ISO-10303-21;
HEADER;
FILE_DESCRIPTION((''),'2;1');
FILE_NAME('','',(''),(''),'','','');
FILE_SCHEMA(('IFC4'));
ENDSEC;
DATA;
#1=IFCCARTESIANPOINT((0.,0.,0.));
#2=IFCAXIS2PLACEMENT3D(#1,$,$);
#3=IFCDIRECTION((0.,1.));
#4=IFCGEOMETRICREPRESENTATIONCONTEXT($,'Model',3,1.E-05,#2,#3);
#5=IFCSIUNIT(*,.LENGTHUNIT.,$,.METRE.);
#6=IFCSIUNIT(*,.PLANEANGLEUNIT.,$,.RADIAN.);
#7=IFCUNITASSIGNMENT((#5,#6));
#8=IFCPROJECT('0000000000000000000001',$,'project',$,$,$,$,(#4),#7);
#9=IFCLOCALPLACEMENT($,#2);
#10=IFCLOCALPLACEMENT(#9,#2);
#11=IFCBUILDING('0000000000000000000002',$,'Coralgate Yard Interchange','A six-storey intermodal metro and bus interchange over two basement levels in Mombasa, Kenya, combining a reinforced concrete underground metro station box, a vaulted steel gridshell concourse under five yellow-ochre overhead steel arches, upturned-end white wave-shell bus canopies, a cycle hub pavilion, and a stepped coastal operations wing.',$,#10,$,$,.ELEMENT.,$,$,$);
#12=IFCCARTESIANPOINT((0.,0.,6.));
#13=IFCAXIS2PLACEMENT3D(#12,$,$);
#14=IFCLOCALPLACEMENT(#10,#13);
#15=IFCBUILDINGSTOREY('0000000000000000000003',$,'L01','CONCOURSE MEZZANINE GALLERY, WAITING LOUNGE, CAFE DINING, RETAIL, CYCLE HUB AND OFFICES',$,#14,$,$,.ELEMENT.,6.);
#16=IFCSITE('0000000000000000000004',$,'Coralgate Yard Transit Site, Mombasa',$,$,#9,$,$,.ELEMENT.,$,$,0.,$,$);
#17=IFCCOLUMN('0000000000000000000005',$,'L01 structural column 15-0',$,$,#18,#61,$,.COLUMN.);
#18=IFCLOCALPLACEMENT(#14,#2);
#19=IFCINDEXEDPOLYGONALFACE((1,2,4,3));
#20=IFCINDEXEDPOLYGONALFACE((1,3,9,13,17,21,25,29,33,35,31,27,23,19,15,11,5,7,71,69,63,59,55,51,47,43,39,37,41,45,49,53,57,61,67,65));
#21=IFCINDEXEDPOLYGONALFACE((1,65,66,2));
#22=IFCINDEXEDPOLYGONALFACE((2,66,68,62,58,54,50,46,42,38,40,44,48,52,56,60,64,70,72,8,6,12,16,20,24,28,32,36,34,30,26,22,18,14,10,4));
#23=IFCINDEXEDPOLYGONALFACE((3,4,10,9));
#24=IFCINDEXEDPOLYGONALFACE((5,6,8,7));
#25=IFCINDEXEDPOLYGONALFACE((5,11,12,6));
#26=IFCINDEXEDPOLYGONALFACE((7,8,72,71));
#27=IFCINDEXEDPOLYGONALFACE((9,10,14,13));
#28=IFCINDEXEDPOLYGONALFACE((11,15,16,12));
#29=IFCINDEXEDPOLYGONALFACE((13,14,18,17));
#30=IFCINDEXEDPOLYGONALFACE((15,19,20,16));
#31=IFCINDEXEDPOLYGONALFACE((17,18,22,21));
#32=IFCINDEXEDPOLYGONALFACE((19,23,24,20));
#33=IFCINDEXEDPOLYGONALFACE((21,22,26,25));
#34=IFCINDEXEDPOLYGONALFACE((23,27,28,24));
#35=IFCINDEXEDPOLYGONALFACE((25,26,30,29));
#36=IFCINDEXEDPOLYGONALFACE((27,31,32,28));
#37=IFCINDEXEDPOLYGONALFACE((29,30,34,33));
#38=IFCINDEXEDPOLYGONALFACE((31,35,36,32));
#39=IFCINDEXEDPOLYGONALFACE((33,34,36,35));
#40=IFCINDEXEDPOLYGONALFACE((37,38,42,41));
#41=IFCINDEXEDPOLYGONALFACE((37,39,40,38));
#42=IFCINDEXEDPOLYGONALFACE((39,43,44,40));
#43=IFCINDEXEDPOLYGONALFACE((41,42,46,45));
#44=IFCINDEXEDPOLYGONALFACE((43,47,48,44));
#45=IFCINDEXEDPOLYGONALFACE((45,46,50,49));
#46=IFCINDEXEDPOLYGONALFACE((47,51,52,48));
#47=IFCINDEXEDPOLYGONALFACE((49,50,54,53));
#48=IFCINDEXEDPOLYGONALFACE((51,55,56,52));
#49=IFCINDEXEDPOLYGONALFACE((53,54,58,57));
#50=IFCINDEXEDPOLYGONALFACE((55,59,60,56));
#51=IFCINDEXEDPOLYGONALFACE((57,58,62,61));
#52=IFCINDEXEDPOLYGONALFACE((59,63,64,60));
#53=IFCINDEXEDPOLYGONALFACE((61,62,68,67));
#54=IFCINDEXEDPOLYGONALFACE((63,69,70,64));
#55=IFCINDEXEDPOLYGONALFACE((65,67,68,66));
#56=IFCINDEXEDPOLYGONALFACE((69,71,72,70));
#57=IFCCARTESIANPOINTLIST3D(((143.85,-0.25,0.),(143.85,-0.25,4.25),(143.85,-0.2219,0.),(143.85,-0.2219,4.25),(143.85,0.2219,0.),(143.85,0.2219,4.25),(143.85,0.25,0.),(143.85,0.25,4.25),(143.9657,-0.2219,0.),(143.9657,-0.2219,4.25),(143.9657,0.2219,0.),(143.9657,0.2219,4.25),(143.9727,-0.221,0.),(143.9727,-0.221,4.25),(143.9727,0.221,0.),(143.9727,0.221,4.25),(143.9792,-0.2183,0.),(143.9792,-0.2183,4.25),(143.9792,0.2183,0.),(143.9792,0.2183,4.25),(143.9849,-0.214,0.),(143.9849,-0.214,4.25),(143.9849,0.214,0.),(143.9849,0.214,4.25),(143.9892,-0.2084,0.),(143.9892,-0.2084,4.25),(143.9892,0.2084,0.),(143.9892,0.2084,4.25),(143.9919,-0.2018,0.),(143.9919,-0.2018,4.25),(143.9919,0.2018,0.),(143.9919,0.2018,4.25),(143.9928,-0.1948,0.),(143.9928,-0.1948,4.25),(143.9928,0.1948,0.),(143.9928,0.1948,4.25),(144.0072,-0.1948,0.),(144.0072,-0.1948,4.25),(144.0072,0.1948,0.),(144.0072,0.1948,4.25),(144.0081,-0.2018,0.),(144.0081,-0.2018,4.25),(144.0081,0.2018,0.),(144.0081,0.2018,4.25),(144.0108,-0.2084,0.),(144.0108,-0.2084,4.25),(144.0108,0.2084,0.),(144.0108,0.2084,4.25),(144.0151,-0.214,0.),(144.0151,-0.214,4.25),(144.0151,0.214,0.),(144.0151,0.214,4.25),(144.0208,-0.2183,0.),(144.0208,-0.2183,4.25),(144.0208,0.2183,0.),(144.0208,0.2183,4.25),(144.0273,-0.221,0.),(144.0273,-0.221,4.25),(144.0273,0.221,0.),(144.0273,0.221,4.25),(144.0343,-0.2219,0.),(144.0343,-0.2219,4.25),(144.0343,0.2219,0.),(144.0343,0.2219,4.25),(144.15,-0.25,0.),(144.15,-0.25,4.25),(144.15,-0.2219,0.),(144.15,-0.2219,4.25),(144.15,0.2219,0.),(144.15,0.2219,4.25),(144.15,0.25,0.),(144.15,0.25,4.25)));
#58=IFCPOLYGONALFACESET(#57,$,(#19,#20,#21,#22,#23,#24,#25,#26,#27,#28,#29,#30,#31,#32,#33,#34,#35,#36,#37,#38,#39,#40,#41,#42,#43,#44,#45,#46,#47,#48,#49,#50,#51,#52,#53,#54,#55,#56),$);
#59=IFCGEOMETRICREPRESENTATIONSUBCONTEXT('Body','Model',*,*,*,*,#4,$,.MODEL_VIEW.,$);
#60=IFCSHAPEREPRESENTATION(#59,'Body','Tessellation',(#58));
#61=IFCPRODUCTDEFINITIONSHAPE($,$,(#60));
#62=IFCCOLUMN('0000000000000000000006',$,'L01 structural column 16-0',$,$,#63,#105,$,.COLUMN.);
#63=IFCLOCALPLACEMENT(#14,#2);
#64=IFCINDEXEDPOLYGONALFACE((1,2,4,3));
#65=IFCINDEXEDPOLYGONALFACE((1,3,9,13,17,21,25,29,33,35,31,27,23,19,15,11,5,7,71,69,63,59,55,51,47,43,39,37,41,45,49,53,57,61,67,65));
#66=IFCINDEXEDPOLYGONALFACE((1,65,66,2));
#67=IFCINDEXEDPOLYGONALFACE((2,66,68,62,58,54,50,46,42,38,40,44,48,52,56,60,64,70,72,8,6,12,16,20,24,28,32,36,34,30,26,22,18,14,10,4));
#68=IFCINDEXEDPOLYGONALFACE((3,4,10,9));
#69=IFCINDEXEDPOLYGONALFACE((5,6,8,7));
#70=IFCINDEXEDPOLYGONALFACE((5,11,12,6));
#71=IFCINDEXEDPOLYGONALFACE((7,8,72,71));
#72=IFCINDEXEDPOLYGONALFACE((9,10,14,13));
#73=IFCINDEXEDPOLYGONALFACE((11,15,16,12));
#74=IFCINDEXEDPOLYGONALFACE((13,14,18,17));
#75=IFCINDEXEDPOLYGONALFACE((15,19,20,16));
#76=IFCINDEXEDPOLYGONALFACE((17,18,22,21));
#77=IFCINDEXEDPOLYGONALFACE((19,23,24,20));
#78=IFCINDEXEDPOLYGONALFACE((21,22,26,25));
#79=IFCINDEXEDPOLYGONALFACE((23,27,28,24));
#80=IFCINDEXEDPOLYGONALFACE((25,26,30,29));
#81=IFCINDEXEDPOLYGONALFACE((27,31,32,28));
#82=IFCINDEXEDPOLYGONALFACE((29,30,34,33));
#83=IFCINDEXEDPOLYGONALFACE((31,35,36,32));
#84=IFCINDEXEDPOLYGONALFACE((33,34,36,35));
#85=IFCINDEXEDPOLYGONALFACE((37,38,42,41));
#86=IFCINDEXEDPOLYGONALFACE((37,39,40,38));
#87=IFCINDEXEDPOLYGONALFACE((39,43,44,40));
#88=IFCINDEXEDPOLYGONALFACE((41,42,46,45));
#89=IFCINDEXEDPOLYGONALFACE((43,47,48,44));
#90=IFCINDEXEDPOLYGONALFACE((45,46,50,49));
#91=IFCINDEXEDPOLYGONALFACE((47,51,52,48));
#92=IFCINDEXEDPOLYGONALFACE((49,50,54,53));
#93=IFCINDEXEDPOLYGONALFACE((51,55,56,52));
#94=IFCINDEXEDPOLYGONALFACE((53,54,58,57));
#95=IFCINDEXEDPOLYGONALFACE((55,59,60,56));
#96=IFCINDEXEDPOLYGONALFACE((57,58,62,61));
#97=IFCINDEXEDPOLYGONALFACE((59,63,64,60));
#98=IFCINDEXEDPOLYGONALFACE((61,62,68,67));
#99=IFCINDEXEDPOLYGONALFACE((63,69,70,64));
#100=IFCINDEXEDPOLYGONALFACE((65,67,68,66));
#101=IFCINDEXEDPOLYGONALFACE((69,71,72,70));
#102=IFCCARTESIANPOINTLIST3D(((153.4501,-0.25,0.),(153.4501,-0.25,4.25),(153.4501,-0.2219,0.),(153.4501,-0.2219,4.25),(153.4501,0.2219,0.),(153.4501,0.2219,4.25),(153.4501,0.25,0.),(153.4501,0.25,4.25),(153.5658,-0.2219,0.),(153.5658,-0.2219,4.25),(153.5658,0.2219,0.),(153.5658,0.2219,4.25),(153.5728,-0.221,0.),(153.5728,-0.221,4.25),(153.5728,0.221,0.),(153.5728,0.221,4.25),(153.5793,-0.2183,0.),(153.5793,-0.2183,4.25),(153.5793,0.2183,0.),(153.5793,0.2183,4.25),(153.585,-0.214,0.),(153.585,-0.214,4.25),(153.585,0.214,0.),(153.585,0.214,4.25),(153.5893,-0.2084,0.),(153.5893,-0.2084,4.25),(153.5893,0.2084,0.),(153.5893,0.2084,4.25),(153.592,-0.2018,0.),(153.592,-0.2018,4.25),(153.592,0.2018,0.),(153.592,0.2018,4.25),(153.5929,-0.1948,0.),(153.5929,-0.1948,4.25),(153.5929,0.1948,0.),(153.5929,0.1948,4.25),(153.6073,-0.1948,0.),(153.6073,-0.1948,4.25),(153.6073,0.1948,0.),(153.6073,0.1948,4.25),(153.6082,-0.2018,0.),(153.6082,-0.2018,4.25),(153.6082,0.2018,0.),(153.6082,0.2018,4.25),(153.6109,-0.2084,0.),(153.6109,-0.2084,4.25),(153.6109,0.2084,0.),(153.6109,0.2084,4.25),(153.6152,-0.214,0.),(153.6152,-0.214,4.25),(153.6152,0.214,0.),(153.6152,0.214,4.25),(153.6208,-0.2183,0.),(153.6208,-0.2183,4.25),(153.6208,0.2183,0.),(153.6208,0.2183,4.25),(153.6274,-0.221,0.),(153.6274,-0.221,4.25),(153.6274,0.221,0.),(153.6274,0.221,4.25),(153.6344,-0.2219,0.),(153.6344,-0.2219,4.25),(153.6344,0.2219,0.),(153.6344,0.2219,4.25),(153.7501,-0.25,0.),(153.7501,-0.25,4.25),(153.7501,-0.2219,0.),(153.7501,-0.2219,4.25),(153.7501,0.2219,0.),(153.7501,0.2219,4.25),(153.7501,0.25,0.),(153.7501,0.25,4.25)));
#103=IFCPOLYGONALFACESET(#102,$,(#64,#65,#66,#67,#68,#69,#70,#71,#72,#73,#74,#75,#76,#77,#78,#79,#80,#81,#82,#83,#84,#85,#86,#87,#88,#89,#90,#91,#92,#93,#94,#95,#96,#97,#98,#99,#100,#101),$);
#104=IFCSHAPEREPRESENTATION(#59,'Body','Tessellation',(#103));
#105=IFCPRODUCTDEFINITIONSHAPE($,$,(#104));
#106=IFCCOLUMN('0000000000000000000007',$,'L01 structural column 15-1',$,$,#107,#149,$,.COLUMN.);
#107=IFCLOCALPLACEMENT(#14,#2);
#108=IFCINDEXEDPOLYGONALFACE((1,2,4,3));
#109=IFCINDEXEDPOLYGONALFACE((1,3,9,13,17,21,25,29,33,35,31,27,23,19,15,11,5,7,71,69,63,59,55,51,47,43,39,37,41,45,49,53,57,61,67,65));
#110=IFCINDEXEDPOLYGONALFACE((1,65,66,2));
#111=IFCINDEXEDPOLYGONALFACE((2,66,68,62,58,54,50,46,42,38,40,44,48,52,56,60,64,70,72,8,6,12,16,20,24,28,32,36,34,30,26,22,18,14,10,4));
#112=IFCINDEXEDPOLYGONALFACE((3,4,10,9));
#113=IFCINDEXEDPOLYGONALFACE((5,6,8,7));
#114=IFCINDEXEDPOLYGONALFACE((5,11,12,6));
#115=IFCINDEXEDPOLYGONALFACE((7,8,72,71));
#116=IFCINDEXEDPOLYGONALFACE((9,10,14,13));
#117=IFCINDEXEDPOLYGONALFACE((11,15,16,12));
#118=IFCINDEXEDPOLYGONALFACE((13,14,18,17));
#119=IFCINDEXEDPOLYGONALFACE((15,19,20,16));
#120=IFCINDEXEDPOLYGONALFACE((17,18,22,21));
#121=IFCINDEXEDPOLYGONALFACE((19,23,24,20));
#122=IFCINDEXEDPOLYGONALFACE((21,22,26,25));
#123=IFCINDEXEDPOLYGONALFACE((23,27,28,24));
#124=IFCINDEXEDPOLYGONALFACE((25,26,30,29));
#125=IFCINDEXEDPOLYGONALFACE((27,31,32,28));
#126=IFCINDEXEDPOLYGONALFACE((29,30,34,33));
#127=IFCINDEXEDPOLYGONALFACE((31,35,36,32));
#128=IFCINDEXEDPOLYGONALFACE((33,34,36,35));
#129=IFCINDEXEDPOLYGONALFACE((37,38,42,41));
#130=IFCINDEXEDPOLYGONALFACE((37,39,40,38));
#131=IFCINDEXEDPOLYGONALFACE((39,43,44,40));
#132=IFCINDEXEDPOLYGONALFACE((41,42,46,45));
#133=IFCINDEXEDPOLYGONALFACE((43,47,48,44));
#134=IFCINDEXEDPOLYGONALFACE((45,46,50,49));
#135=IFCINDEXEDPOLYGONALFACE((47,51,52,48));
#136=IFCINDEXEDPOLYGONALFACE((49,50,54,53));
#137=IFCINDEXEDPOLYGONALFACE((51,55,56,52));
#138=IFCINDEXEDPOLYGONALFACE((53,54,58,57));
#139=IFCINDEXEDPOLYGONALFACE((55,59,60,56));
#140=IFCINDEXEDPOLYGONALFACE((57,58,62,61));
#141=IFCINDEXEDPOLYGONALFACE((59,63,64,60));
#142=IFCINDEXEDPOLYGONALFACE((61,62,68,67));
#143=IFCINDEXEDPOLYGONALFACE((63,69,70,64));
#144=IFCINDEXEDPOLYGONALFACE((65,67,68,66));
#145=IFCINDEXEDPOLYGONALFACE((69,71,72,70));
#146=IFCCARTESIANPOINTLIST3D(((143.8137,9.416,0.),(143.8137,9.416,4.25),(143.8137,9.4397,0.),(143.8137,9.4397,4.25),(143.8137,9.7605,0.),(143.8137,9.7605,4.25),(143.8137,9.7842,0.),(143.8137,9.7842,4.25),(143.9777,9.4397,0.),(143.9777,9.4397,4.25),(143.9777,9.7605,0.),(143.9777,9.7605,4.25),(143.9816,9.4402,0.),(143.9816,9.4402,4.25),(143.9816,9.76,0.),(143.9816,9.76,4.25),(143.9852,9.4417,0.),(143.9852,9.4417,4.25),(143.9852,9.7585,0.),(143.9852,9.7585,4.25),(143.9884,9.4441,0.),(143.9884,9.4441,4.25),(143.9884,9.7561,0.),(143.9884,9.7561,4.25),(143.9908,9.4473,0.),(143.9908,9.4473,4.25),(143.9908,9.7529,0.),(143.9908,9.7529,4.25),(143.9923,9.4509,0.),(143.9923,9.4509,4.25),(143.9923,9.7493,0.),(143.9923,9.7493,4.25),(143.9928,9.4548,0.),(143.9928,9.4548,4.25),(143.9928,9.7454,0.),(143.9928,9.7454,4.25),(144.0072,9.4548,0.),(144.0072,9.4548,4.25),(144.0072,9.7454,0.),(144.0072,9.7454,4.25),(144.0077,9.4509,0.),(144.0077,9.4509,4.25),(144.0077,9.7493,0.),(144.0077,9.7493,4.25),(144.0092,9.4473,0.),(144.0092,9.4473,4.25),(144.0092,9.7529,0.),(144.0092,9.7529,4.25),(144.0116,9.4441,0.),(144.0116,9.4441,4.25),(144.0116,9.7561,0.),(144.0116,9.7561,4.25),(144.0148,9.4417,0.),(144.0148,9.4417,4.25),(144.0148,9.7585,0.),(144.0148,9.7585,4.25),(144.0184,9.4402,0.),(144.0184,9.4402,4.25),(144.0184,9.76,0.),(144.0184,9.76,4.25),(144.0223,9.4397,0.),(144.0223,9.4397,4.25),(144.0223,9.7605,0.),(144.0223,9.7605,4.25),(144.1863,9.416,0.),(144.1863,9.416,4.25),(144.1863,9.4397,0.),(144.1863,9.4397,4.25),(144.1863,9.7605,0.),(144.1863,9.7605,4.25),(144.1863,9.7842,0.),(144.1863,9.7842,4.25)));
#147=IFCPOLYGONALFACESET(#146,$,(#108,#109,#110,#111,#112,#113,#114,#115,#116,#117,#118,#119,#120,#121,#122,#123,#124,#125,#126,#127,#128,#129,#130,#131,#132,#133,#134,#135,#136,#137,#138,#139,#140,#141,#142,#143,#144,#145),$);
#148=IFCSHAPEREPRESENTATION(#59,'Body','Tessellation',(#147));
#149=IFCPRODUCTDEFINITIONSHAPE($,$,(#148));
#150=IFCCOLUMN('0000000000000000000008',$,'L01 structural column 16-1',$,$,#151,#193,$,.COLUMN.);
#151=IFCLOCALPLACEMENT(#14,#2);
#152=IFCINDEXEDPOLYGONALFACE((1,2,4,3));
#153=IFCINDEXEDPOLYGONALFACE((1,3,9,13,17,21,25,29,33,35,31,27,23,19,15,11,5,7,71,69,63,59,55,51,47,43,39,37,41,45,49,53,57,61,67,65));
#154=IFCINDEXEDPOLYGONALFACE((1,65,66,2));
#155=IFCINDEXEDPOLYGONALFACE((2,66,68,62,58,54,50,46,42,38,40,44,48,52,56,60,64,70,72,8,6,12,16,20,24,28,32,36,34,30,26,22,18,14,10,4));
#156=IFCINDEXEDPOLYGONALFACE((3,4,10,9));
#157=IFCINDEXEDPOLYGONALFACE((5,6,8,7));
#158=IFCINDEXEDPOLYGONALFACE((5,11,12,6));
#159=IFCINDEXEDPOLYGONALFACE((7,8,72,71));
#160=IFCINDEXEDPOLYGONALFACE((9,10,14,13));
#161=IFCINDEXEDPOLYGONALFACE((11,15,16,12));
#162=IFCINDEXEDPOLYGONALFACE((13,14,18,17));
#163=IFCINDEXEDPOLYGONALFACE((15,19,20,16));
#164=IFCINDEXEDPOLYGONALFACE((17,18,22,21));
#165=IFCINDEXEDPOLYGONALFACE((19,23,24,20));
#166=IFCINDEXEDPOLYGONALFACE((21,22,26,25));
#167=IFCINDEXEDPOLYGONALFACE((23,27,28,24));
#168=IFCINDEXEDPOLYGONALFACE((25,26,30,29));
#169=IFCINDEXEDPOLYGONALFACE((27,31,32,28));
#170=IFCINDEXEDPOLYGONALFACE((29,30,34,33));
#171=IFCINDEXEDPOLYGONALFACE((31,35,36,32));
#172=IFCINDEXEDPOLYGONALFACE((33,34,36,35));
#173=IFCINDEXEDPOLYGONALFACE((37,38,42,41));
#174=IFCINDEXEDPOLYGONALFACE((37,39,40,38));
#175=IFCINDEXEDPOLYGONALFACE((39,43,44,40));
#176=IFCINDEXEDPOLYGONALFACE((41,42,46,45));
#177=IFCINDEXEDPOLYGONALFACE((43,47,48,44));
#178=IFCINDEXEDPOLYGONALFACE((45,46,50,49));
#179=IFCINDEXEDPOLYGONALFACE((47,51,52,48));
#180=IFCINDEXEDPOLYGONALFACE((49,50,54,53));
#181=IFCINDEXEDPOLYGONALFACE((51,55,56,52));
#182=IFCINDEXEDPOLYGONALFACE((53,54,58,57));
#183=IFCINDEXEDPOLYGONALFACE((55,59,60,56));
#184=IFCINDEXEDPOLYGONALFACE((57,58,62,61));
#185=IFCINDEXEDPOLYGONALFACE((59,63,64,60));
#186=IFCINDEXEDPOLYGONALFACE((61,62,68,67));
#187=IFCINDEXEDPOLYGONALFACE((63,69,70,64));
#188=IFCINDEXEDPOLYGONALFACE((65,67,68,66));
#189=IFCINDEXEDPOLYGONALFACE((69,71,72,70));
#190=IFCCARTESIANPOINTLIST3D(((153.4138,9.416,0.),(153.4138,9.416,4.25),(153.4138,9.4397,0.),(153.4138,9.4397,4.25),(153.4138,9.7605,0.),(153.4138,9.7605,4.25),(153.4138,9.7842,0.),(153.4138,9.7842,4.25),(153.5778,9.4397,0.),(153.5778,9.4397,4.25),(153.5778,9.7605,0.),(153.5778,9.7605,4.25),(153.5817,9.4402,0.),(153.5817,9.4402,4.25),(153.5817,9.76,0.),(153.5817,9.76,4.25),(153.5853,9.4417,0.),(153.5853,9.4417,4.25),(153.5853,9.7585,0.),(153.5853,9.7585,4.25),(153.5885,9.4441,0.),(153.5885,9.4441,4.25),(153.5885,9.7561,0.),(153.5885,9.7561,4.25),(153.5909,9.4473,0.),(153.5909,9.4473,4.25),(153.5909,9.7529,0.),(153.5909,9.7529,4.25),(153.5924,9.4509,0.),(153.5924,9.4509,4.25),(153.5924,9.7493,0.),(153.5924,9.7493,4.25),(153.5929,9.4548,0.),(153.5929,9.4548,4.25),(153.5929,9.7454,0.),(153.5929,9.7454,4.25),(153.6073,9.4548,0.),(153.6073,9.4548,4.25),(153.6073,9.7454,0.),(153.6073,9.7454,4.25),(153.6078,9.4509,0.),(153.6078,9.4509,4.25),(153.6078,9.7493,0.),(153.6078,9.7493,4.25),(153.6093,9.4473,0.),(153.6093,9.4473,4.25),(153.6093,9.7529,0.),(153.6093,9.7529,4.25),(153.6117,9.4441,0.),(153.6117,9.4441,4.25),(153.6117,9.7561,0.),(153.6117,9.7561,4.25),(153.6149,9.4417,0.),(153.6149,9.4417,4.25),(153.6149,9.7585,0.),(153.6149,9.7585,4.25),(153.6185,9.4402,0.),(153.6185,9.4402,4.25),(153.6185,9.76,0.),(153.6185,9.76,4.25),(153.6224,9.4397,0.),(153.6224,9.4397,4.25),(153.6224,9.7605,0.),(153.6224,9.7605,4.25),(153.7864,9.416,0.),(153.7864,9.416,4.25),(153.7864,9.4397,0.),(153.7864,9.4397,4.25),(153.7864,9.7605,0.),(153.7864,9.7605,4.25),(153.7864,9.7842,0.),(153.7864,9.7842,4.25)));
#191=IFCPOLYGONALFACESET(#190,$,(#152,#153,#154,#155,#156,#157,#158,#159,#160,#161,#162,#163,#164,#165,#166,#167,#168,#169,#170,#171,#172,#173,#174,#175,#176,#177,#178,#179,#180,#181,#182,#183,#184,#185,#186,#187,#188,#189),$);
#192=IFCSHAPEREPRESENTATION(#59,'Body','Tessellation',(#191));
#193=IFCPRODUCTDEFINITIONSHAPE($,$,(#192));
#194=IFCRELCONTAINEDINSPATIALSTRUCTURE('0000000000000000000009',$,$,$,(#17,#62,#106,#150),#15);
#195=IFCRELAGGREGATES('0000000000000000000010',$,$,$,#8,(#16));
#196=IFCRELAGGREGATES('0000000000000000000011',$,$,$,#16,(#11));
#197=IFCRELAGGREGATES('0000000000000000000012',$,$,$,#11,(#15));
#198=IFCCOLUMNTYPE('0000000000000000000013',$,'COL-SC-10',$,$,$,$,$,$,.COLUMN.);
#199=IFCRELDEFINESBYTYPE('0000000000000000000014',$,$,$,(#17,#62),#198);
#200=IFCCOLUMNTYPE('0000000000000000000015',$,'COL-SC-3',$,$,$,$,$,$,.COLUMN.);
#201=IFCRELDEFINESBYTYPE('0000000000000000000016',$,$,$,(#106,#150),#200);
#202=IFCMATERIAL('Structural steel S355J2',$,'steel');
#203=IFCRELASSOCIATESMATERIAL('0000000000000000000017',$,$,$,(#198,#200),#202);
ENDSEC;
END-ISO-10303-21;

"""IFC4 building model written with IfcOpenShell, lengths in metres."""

from ifc_helpers import new_model, si_unit, direction, frame, origin, origin_2d, place, context, subcontext, project, spatial, i_section, extrude, material, material_profile, profile_set, type_object, element, save


model = new_model("IFC4")

# Units and contexts
model_context = context("Model", 3, precision=1e-05, world=origin(), true_north=direction((0.0, 1.0)))
body_context = subcontext(model_context, "Body", "Model", "MODEL_VIEW")
ifc_project = project(units=[si_unit("LENGTHUNIT", "METRE"), si_unit("PLANEANGLEUNIT", "RADIAN")], contexts=[model_context])

# Site, building, storey
site_placement = place(None, origin())
site = spatial("IfcSite", under=ifc_project, at=site_placement, Name="Coralgate Yard Transit Site, Mombasa", CompositionType="ELEMENT", RefElevation=0.0)
building_placement = place(site_placement, origin())
building = spatial("IfcBuilding", under=site, at=building_placement, Name="Coralgate Yard Interchange", Description="A six-storey intermodal metro and bus interchange over two basement levels in Mombasa, Kenya, combining a reinforced concrete underground metro station box, a vaulted steel gridshell concourse under five yellow-ochre overhead steel arches, upturned-end white wave-shell bus canopies, a cycle hub pavilion, and a stepped coastal operations wing.", CompositionType="ELEMENT")
storey_placement = place(building_placement, frame((0.0, 0.0, 6.0)))
storey = spatial("IfcBuildingStorey", under=building, at=storey_placement, Name="L01", Description="CONCOURSE MEZZANINE GALLERY, WAITING LOUNGE, CAFE DINING, RETAIL, CYCLE HUB AND OFFICES", CompositionType="ELEMENT", Elevation=6.0)

# Columns
ifc_material_1 = material(Name="Structural steel S355J2", Category="steel")
ifc_material_profile_1 = material_profile(ifc_material_1, i_section(OverallWidth=0.3, OverallDepth=0.5, WebThickness=0.0144, FlangeThickness=0.0281, FilletRadius=0.0271, at=origin_2d()), Name="HEB 500")
ifc_profile_set_1 = profile_set([ifc_material_profile_1], Name="Structural steel S355J2")
column_type_1 = type_object("IfcColumnType", Name="COL-SC-10", PredefinedType="COLUMN", material=ifc_profile_set_1)
for number, where, z_axis, x_axis, name in (
    (1, (144.0, 0.0, 0.0), (0.0, 0.0, 1.0), (1.0, 0.0, 0.0), "L01 structural column 15-0"),
    (2, (153.6001, 0.0, 0.0), (0.0, 0.0, 1.0), (1.0, 0.0, 0.0), "L01 structural column 16-0"),
):
    element("IfcColumn", number, at=place(storey_placement, frame(where, z_axis=z_axis, x_axis=x_axis)), inside=storey, type_object=column_type_1, Name=name, PredefinedType="COLUMN", context=body_context, shape_type="SweptSolid", body=[
        extrude(i_section(OverallWidth=0.3, OverallDepth=0.5, WebThickness=0.0144, FlangeThickness=0.0281, FilletRadius=0.0271, at=origin_2d()), origin(), (0.0, 0.0, 1.0), 4.25),
    ])
ifc_material_profile_2 = material_profile(ifc_material_1, i_section(OverallWidth=0.3726, OverallDepth=0.3682, WebThickness=0.0144, FlangeThickness=0.0237, FilletRadius=0.0151, at=origin_2d()), Name="UC 356x368x177")
ifc_profile_set_2 = profile_set([ifc_material_profile_2], Name="Structural steel S355J2")
column_type_2 = type_object("IfcColumnType", Name="COL-SC-3", PredefinedType="COLUMN", material=ifc_profile_set_2)
for number, where, z_axis, x_axis, name in (
    (3, (144.0, 9.6001, 0.0), (0.0, 0.0, 1.0), (1.0, 0.0, 0.0), "L01 structural column 15-1"),
    (4, (153.6001, 9.6001, 0.0), (0.0, 0.0, 1.0), (1.0, 0.0, 0.0), "L01 structural column 16-1"),
):
    element("IfcColumn", number, at=place(storey_placement, frame(where, z_axis=z_axis, x_axis=x_axis)), inside=storey, type_object=column_type_2, Name=name, PredefinedType="COLUMN", context=body_context, shape_type="SweptSolid", body=[
        extrude(i_section(OverallWidth=0.3726, OverallDepth=0.3682, WebThickness=0.0144, FlangeThickness=0.0237, FilletRadius=0.0151, at=origin_2d()), origin(), (0.0, 0.0, 1.0), 4.25),
    ])

save(model, "model.ifc")
